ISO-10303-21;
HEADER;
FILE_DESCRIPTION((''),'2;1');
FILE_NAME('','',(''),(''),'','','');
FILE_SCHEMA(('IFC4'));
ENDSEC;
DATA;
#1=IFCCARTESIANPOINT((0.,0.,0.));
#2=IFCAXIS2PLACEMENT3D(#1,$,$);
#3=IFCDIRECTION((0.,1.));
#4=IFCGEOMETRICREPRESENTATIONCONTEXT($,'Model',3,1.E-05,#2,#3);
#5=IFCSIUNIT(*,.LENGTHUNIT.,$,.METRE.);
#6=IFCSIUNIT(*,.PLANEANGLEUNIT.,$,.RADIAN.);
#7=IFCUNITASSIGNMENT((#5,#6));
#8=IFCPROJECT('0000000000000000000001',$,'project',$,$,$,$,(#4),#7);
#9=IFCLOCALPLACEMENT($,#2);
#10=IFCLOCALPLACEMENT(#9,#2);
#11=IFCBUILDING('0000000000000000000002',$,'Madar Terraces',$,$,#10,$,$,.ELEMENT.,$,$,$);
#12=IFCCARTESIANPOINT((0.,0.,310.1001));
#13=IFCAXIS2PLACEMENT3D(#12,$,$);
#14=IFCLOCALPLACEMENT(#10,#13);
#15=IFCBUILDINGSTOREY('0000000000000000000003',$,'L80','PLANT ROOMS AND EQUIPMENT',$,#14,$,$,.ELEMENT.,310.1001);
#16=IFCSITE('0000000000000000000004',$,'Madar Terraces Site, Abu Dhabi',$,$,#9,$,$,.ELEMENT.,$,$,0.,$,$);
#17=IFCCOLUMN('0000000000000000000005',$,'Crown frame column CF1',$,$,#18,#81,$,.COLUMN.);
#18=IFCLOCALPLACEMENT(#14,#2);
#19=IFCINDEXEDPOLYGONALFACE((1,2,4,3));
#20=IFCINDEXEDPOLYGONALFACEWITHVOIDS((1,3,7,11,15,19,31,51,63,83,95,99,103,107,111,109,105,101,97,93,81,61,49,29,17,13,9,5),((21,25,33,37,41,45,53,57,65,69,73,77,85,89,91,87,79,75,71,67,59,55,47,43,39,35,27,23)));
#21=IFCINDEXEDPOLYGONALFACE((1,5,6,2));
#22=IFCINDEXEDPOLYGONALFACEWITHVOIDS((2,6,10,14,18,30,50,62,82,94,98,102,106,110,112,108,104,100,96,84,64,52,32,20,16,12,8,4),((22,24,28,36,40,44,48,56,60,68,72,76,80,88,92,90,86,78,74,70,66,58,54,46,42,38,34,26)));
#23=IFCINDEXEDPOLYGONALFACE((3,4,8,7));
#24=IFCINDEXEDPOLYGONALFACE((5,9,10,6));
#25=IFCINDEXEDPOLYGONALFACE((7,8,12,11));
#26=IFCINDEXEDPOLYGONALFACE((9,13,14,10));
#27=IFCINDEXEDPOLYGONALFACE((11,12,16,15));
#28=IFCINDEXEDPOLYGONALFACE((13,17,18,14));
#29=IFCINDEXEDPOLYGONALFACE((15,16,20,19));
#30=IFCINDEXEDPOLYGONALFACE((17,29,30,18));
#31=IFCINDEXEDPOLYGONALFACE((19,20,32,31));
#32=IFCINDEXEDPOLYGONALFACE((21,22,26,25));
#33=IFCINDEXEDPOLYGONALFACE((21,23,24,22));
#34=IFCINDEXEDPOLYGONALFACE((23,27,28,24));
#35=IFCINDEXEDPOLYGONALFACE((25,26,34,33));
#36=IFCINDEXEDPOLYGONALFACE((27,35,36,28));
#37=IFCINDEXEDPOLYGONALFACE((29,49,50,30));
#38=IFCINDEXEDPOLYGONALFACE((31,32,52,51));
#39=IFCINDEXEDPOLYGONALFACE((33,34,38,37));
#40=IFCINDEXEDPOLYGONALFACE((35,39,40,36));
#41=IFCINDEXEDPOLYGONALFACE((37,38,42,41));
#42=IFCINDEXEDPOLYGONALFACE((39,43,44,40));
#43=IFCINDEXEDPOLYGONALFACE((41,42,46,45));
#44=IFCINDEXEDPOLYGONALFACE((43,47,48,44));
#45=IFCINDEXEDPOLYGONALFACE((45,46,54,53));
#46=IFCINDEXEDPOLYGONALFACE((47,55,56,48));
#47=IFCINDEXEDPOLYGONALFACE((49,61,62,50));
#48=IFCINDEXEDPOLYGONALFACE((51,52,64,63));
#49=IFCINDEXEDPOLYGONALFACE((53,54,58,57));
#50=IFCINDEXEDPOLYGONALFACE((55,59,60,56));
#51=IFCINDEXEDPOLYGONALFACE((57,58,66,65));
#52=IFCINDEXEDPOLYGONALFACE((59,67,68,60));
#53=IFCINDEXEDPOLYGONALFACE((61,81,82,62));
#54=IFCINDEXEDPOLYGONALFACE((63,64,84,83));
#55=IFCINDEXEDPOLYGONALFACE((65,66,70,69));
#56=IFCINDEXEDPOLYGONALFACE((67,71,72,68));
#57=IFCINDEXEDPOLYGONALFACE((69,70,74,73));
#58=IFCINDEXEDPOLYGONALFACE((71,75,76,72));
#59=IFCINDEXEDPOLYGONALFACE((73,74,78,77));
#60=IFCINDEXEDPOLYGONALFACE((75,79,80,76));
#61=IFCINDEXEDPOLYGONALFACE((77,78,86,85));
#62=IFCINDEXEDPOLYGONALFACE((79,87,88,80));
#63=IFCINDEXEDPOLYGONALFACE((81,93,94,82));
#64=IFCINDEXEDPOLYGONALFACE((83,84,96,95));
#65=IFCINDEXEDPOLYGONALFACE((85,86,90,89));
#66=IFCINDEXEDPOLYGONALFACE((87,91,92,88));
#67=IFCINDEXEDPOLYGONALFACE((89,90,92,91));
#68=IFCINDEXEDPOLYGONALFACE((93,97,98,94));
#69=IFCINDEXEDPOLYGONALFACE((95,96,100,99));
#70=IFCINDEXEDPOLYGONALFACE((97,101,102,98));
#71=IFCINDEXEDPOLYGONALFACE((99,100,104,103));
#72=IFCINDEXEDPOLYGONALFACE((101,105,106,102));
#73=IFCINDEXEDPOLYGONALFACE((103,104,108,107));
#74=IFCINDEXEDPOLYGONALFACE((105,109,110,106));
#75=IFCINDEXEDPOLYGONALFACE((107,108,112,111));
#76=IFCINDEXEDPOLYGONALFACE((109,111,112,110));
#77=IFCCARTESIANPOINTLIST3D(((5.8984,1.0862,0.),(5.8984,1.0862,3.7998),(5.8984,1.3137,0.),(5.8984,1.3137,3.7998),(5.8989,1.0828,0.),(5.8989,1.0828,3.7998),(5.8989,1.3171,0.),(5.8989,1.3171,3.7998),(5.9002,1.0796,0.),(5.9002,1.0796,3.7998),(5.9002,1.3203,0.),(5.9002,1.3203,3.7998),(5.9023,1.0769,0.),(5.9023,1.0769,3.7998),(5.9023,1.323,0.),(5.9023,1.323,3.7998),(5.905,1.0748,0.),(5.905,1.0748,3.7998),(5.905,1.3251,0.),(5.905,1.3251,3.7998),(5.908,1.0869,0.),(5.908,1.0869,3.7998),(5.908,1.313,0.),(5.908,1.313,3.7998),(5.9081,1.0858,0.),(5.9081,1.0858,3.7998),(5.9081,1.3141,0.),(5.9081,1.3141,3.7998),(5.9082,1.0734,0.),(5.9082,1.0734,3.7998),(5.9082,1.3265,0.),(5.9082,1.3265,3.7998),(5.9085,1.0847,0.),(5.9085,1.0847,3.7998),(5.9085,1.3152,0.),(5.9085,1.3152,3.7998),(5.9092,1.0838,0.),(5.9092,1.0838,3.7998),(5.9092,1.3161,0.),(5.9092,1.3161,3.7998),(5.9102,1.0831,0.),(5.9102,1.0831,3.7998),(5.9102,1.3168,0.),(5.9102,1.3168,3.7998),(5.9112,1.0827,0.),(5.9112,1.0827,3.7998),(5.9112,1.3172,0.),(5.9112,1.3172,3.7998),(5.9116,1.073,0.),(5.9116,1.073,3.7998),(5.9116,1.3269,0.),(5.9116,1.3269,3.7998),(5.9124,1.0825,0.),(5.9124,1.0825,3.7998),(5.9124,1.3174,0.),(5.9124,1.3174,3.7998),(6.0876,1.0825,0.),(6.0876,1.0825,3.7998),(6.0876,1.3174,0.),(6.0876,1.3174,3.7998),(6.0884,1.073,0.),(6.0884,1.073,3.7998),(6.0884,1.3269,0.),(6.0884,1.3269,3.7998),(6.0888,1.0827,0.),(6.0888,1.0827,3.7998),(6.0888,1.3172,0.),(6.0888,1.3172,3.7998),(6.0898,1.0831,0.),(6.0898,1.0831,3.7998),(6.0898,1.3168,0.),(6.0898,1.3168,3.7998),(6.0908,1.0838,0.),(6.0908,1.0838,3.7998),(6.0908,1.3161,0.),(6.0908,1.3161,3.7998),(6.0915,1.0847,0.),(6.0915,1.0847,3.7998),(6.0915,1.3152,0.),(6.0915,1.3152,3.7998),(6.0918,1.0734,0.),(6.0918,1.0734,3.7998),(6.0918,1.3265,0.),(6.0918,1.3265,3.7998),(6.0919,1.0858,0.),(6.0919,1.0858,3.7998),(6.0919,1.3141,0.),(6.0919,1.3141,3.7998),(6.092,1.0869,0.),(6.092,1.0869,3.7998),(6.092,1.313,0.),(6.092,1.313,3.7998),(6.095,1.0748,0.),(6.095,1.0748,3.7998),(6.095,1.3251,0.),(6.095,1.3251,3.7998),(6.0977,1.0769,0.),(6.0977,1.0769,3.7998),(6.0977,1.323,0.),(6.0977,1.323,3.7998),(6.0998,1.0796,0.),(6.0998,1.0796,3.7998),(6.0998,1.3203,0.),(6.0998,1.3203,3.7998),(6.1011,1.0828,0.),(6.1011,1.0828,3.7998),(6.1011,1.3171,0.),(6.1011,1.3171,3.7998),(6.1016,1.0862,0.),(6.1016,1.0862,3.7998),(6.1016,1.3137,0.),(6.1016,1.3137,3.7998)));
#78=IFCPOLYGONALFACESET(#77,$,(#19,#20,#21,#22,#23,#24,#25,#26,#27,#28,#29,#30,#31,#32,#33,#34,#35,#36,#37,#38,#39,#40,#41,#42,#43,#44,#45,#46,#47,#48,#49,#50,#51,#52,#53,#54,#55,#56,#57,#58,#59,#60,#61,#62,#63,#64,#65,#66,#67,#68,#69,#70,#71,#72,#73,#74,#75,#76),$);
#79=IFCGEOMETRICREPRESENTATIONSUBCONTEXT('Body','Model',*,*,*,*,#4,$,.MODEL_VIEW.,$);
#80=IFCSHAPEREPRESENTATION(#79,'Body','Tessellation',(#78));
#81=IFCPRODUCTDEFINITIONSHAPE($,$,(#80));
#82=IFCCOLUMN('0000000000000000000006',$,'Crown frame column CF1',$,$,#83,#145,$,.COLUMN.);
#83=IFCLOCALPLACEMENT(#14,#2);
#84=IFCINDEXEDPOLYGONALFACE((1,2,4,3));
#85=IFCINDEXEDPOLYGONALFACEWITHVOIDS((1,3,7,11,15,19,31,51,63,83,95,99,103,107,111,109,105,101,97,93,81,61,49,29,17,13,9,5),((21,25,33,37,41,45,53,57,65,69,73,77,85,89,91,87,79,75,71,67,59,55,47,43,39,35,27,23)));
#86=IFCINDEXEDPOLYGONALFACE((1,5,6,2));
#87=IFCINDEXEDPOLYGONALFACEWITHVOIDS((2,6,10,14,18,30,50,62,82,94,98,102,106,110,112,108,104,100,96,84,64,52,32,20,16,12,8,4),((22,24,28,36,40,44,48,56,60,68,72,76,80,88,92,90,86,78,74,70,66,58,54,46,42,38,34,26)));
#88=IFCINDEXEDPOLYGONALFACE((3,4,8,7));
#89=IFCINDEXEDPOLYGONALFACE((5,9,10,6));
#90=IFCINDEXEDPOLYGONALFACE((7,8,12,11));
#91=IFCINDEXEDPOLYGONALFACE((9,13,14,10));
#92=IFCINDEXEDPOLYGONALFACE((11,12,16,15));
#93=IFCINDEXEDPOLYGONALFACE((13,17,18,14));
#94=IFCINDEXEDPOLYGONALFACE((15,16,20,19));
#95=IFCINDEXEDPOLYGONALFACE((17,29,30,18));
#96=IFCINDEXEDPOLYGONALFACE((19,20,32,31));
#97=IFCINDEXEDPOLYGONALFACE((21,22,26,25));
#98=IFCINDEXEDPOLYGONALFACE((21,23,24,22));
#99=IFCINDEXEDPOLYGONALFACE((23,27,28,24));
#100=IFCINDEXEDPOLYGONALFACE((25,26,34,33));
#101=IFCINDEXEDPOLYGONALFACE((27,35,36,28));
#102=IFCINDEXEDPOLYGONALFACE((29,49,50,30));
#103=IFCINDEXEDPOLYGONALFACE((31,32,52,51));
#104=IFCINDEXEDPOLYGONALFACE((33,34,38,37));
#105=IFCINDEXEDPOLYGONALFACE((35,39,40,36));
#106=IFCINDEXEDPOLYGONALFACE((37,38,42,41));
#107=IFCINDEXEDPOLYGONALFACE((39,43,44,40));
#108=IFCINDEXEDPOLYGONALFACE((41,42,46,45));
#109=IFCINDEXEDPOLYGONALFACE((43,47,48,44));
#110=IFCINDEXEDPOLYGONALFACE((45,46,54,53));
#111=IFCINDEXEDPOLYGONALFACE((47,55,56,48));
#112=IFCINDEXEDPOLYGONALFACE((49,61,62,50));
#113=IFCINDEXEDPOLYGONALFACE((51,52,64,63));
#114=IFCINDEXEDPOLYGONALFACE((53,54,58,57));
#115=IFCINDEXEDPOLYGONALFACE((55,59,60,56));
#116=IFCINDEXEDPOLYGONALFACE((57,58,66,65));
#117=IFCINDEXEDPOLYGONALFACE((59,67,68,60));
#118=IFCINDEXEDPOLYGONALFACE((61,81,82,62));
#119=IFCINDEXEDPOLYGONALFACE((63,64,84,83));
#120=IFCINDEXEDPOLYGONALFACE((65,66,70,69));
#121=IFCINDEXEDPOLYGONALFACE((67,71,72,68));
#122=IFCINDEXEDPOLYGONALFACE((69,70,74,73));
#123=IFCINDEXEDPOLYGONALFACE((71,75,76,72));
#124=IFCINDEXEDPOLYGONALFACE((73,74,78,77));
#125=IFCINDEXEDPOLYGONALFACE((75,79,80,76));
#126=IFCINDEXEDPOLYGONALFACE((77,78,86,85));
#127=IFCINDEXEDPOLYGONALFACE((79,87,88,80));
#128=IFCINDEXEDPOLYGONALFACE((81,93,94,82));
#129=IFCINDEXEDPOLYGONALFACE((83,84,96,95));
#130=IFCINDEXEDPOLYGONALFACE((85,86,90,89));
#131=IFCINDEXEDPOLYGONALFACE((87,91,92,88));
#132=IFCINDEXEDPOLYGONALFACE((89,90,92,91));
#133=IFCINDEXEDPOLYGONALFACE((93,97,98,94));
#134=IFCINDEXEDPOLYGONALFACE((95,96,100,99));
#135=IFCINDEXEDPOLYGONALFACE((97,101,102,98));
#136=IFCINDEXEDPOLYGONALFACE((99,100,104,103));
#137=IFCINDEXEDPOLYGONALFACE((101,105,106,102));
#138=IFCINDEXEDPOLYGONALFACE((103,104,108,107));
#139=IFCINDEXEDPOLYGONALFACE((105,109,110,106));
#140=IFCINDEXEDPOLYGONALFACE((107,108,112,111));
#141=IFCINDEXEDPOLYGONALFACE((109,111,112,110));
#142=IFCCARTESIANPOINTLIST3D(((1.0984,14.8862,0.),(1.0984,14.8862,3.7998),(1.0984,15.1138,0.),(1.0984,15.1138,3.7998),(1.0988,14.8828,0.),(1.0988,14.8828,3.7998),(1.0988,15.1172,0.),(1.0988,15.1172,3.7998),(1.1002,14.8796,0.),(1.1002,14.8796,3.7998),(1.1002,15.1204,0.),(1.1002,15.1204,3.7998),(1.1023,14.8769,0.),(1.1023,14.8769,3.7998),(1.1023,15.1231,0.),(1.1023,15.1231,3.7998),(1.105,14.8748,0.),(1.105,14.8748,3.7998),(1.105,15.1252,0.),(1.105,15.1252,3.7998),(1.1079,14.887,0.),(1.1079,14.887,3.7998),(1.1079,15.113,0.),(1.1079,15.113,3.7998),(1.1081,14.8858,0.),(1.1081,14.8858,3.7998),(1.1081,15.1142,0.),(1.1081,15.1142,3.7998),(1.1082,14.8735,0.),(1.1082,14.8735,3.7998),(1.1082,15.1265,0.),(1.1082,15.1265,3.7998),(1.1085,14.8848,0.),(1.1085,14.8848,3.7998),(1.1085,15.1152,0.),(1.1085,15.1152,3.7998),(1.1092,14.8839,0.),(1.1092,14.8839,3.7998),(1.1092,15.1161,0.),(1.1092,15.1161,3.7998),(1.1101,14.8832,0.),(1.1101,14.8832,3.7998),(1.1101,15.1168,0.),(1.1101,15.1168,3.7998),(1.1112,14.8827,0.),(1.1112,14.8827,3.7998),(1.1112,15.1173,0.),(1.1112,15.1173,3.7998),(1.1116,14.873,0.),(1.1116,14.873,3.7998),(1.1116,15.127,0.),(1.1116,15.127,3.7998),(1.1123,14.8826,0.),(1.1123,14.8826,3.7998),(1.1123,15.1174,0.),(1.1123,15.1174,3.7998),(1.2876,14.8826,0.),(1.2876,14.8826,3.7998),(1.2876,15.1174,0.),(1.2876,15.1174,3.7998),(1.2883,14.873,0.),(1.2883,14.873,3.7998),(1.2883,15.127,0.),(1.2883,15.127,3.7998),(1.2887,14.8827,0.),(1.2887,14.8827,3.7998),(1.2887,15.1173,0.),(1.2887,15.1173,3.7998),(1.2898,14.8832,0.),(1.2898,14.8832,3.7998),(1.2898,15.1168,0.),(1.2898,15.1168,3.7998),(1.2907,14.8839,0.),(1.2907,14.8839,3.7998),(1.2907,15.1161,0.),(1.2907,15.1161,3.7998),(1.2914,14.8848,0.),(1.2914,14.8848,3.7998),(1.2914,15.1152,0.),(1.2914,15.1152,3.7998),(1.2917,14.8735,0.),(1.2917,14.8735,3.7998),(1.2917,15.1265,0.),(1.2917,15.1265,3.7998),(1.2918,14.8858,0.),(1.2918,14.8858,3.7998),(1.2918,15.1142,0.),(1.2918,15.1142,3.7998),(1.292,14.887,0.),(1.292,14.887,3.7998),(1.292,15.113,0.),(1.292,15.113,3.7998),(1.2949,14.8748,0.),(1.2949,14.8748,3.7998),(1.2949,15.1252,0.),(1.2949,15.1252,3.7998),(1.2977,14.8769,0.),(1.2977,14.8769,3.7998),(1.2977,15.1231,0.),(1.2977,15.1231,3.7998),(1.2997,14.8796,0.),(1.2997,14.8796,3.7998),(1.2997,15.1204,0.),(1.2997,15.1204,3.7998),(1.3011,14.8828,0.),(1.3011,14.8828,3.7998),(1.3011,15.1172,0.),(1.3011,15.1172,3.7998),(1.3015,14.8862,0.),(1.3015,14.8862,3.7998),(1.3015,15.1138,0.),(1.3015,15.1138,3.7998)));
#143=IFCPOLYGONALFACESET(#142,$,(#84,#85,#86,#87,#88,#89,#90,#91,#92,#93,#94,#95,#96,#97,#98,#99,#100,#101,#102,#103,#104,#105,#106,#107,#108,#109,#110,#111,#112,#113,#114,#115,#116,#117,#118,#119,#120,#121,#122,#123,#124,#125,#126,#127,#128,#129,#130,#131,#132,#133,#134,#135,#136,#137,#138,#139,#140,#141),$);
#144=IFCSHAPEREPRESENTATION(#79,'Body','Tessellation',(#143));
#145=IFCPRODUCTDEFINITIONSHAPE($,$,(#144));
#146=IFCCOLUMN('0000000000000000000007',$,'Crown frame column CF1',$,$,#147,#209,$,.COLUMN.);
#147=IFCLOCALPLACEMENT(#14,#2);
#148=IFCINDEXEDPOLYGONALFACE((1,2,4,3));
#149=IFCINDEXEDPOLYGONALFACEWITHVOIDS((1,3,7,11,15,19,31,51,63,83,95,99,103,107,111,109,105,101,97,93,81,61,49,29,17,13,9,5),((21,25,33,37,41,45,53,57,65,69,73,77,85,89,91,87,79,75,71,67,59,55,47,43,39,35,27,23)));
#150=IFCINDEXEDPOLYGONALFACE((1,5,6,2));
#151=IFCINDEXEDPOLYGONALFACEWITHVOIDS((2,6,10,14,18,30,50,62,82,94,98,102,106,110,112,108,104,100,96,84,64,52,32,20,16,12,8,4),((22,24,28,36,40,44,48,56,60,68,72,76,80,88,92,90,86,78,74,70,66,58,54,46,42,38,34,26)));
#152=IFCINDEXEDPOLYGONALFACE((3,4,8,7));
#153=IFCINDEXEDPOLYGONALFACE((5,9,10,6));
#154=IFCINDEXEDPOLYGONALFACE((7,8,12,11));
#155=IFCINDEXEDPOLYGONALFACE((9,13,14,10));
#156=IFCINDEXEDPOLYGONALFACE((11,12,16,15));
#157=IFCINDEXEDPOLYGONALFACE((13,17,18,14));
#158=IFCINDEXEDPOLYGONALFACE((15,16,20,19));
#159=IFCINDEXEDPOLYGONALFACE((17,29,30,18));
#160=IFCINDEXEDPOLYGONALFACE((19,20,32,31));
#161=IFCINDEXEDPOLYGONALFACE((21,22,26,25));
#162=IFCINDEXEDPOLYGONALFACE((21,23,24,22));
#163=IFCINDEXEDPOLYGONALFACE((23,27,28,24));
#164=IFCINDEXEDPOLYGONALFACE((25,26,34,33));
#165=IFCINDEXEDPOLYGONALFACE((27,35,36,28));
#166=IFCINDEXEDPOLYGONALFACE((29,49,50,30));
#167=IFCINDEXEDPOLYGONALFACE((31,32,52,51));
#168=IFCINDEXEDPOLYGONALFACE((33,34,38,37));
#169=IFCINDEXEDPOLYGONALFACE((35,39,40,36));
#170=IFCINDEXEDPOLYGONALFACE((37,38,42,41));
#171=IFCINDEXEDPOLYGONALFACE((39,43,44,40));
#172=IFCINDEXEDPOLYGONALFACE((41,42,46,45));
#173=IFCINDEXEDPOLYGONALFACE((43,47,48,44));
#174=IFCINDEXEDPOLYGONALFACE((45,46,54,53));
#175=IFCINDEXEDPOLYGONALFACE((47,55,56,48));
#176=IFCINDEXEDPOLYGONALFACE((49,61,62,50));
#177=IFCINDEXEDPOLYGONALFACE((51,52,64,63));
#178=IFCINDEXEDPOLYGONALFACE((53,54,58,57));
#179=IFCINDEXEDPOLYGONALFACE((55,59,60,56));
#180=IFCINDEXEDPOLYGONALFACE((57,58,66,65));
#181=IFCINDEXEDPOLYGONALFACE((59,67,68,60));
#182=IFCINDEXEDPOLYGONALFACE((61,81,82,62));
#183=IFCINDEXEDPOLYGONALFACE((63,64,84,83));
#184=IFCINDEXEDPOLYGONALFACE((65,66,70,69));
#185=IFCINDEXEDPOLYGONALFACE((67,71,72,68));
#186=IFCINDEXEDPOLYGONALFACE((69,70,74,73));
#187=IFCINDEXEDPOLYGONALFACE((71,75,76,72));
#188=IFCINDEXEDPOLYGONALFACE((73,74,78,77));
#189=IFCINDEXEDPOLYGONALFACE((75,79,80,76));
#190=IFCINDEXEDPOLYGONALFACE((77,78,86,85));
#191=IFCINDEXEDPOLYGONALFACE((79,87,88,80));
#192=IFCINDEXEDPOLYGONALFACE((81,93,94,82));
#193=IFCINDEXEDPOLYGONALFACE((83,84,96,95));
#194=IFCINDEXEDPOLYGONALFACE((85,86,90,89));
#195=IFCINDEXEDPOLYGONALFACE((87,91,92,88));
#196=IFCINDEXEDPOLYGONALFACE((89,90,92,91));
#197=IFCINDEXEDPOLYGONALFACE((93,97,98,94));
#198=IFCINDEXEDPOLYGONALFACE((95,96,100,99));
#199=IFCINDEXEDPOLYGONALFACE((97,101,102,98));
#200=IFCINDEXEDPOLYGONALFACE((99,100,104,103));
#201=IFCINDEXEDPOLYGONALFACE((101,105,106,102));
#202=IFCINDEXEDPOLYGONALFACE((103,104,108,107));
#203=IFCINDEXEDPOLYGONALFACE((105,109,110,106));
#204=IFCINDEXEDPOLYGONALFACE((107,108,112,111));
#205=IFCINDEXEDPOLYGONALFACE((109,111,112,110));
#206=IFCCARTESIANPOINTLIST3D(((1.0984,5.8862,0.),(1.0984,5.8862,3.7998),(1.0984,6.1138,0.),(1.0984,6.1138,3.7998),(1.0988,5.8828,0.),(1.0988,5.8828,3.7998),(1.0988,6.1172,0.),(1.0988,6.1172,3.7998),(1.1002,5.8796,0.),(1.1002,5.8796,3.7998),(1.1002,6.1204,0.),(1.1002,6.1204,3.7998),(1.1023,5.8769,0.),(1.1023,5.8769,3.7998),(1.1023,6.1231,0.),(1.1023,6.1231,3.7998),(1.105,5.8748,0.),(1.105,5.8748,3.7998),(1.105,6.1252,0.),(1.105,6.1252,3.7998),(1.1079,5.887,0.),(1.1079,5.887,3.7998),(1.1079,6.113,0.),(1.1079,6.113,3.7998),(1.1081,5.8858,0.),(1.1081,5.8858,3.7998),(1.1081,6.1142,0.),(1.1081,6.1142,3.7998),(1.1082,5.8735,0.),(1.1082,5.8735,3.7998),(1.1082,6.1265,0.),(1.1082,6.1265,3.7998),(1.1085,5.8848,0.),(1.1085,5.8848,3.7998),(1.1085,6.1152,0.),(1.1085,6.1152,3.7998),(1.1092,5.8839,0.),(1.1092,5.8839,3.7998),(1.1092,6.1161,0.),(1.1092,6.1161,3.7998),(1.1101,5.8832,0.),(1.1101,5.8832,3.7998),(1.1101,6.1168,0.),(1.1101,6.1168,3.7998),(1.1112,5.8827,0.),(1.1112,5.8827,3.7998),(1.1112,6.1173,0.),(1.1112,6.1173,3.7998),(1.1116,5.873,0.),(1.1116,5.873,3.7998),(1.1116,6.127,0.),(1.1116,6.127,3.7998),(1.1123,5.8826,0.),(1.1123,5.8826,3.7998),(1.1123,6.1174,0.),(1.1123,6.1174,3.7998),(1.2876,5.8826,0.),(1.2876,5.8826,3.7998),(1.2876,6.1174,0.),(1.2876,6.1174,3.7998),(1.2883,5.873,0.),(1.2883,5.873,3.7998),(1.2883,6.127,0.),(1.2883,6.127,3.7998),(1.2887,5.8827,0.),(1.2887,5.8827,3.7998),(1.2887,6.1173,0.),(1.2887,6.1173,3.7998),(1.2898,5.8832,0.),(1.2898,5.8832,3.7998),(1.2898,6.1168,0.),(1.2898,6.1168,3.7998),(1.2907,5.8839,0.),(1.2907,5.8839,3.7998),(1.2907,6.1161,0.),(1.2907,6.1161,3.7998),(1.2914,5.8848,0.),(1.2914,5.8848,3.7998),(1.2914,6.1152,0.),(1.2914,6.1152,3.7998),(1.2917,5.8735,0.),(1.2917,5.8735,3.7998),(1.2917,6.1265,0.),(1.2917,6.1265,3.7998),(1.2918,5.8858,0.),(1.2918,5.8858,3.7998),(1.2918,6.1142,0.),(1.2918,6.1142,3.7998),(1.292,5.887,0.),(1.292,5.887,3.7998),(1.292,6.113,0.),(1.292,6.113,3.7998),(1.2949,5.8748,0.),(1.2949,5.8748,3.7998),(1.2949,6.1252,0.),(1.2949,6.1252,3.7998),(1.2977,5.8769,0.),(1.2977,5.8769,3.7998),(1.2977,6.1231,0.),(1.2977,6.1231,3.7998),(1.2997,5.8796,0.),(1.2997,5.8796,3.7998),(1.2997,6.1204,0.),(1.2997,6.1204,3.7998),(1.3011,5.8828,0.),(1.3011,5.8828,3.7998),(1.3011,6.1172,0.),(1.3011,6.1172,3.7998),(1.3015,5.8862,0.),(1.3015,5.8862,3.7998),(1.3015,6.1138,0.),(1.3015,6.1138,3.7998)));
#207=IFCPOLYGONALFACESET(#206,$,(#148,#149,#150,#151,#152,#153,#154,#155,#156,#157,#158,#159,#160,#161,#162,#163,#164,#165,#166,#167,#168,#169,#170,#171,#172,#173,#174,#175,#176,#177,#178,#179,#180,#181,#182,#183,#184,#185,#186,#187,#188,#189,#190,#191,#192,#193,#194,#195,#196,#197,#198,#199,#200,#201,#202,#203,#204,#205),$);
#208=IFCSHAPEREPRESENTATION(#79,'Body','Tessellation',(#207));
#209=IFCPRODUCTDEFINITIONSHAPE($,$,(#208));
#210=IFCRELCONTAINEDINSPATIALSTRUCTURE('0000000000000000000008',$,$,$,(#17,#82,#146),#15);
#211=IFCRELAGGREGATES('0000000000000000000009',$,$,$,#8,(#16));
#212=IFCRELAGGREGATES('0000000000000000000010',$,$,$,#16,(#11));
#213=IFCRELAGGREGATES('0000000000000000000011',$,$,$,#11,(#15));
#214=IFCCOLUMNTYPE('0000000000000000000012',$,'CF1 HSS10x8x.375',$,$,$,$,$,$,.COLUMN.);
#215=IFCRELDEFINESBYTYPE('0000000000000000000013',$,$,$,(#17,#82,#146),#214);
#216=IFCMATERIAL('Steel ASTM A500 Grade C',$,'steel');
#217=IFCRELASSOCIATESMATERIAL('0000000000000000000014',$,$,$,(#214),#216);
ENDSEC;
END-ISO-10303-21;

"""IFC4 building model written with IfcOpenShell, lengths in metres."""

from ifc_helpers import new_model, si_unit, direction, frame, origin, origin_2d, place, context, subcontext, project, spatial, hollow_rectangle, extrude, material, material_profile, profile_set, type_object, element, save


model = new_model("IFC4")

# Units and contexts
model_context = context("Model", 3, precision=1e-05, world=origin(), true_north=direction((0.0, 1.0)))
body_context = subcontext(model_context, "Body", "Model", "MODEL_VIEW")
ifc_project = project(units=[si_unit("LENGTHUNIT", "METRE"), si_unit("PLANEANGLEUNIT", "RADIAN")], contexts=[model_context])

# Site, building, storey
site_placement = place(None, origin())
site = spatial("IfcSite", under=ifc_project, at=site_placement, Name="Madar Terraces Site, Abu Dhabi", CompositionType="ELEMENT", RefElevation=0.0)
building_placement = place(site_placement, origin())
building = spatial("IfcBuilding", under=site, at=building_placement, Name="Madar Terraces", CompositionType="ELEMENT")
storey_placement = place(building_placement, frame((0.0, 0.0, 310.1001)))
storey = spatial("IfcBuildingStorey", under=building, at=storey_placement, Name="L80", Description="PLANT ROOMS AND EQUIPMENT", CompositionType="ELEMENT", Elevation=310.1001)

# Columns
ifc_material_1 = material(Name="Steel ASTM A500 Grade C", Category="steel")
ifc_material_profile_1 = material_profile(ifc_material_1, hollow_rectangle(XDim=0.2031, YDim=0.2539, WallThickness=0.0095, InnerFilletRadius=0.0044, OuterFilletRadius=0.0132, at=origin_2d()), Name="HSS10x8x.375")
ifc_profile_set_1 = profile_set([ifc_material_profile_1], Name="Steel ASTM A500 Grade C")
column_type = type_object("IfcColumnType", Name="CF1 HSS10x8x.375", PredefinedType="COLUMN", material=ifc_profile_set_1)
for number, where, z_axis, x_axis, name in (
    (1, (6.0, 1.2, 0.0), (0.0, 0.0, 1.0), (1.0, 0.0, 0.0), "Crown frame column CF1"),
    (2, (1.2, 15.0, 0.0), (0.0, 0.0, 1.0), (1.0, 0.0, 0.0), "Crown frame column CF1"),
    (3, (1.2, 6.0, 0.0), (0.0, 0.0, 1.0), (1.0, 0.0, 0.0), "Crown frame column CF1"),
):
    element("IfcColumn", number, at=place(storey_placement, frame(where, z_axis=z_axis, x_axis=x_axis)), inside=storey, type_object=column_type, Name=name, PredefinedType="COLUMN", context=body_context, shape_type="SweptSolid", body=[
        extrude(hollow_rectangle(XDim=0.2031, YDim=0.2539, WallThickness=0.0095, InnerFilletRadius=0.0044, OuterFilletRadius=0.0132, at=origin_2d()), origin(), (0.0, 0.0, 1.0), 3.7998),
    ])

save(model, "model.ifc")
